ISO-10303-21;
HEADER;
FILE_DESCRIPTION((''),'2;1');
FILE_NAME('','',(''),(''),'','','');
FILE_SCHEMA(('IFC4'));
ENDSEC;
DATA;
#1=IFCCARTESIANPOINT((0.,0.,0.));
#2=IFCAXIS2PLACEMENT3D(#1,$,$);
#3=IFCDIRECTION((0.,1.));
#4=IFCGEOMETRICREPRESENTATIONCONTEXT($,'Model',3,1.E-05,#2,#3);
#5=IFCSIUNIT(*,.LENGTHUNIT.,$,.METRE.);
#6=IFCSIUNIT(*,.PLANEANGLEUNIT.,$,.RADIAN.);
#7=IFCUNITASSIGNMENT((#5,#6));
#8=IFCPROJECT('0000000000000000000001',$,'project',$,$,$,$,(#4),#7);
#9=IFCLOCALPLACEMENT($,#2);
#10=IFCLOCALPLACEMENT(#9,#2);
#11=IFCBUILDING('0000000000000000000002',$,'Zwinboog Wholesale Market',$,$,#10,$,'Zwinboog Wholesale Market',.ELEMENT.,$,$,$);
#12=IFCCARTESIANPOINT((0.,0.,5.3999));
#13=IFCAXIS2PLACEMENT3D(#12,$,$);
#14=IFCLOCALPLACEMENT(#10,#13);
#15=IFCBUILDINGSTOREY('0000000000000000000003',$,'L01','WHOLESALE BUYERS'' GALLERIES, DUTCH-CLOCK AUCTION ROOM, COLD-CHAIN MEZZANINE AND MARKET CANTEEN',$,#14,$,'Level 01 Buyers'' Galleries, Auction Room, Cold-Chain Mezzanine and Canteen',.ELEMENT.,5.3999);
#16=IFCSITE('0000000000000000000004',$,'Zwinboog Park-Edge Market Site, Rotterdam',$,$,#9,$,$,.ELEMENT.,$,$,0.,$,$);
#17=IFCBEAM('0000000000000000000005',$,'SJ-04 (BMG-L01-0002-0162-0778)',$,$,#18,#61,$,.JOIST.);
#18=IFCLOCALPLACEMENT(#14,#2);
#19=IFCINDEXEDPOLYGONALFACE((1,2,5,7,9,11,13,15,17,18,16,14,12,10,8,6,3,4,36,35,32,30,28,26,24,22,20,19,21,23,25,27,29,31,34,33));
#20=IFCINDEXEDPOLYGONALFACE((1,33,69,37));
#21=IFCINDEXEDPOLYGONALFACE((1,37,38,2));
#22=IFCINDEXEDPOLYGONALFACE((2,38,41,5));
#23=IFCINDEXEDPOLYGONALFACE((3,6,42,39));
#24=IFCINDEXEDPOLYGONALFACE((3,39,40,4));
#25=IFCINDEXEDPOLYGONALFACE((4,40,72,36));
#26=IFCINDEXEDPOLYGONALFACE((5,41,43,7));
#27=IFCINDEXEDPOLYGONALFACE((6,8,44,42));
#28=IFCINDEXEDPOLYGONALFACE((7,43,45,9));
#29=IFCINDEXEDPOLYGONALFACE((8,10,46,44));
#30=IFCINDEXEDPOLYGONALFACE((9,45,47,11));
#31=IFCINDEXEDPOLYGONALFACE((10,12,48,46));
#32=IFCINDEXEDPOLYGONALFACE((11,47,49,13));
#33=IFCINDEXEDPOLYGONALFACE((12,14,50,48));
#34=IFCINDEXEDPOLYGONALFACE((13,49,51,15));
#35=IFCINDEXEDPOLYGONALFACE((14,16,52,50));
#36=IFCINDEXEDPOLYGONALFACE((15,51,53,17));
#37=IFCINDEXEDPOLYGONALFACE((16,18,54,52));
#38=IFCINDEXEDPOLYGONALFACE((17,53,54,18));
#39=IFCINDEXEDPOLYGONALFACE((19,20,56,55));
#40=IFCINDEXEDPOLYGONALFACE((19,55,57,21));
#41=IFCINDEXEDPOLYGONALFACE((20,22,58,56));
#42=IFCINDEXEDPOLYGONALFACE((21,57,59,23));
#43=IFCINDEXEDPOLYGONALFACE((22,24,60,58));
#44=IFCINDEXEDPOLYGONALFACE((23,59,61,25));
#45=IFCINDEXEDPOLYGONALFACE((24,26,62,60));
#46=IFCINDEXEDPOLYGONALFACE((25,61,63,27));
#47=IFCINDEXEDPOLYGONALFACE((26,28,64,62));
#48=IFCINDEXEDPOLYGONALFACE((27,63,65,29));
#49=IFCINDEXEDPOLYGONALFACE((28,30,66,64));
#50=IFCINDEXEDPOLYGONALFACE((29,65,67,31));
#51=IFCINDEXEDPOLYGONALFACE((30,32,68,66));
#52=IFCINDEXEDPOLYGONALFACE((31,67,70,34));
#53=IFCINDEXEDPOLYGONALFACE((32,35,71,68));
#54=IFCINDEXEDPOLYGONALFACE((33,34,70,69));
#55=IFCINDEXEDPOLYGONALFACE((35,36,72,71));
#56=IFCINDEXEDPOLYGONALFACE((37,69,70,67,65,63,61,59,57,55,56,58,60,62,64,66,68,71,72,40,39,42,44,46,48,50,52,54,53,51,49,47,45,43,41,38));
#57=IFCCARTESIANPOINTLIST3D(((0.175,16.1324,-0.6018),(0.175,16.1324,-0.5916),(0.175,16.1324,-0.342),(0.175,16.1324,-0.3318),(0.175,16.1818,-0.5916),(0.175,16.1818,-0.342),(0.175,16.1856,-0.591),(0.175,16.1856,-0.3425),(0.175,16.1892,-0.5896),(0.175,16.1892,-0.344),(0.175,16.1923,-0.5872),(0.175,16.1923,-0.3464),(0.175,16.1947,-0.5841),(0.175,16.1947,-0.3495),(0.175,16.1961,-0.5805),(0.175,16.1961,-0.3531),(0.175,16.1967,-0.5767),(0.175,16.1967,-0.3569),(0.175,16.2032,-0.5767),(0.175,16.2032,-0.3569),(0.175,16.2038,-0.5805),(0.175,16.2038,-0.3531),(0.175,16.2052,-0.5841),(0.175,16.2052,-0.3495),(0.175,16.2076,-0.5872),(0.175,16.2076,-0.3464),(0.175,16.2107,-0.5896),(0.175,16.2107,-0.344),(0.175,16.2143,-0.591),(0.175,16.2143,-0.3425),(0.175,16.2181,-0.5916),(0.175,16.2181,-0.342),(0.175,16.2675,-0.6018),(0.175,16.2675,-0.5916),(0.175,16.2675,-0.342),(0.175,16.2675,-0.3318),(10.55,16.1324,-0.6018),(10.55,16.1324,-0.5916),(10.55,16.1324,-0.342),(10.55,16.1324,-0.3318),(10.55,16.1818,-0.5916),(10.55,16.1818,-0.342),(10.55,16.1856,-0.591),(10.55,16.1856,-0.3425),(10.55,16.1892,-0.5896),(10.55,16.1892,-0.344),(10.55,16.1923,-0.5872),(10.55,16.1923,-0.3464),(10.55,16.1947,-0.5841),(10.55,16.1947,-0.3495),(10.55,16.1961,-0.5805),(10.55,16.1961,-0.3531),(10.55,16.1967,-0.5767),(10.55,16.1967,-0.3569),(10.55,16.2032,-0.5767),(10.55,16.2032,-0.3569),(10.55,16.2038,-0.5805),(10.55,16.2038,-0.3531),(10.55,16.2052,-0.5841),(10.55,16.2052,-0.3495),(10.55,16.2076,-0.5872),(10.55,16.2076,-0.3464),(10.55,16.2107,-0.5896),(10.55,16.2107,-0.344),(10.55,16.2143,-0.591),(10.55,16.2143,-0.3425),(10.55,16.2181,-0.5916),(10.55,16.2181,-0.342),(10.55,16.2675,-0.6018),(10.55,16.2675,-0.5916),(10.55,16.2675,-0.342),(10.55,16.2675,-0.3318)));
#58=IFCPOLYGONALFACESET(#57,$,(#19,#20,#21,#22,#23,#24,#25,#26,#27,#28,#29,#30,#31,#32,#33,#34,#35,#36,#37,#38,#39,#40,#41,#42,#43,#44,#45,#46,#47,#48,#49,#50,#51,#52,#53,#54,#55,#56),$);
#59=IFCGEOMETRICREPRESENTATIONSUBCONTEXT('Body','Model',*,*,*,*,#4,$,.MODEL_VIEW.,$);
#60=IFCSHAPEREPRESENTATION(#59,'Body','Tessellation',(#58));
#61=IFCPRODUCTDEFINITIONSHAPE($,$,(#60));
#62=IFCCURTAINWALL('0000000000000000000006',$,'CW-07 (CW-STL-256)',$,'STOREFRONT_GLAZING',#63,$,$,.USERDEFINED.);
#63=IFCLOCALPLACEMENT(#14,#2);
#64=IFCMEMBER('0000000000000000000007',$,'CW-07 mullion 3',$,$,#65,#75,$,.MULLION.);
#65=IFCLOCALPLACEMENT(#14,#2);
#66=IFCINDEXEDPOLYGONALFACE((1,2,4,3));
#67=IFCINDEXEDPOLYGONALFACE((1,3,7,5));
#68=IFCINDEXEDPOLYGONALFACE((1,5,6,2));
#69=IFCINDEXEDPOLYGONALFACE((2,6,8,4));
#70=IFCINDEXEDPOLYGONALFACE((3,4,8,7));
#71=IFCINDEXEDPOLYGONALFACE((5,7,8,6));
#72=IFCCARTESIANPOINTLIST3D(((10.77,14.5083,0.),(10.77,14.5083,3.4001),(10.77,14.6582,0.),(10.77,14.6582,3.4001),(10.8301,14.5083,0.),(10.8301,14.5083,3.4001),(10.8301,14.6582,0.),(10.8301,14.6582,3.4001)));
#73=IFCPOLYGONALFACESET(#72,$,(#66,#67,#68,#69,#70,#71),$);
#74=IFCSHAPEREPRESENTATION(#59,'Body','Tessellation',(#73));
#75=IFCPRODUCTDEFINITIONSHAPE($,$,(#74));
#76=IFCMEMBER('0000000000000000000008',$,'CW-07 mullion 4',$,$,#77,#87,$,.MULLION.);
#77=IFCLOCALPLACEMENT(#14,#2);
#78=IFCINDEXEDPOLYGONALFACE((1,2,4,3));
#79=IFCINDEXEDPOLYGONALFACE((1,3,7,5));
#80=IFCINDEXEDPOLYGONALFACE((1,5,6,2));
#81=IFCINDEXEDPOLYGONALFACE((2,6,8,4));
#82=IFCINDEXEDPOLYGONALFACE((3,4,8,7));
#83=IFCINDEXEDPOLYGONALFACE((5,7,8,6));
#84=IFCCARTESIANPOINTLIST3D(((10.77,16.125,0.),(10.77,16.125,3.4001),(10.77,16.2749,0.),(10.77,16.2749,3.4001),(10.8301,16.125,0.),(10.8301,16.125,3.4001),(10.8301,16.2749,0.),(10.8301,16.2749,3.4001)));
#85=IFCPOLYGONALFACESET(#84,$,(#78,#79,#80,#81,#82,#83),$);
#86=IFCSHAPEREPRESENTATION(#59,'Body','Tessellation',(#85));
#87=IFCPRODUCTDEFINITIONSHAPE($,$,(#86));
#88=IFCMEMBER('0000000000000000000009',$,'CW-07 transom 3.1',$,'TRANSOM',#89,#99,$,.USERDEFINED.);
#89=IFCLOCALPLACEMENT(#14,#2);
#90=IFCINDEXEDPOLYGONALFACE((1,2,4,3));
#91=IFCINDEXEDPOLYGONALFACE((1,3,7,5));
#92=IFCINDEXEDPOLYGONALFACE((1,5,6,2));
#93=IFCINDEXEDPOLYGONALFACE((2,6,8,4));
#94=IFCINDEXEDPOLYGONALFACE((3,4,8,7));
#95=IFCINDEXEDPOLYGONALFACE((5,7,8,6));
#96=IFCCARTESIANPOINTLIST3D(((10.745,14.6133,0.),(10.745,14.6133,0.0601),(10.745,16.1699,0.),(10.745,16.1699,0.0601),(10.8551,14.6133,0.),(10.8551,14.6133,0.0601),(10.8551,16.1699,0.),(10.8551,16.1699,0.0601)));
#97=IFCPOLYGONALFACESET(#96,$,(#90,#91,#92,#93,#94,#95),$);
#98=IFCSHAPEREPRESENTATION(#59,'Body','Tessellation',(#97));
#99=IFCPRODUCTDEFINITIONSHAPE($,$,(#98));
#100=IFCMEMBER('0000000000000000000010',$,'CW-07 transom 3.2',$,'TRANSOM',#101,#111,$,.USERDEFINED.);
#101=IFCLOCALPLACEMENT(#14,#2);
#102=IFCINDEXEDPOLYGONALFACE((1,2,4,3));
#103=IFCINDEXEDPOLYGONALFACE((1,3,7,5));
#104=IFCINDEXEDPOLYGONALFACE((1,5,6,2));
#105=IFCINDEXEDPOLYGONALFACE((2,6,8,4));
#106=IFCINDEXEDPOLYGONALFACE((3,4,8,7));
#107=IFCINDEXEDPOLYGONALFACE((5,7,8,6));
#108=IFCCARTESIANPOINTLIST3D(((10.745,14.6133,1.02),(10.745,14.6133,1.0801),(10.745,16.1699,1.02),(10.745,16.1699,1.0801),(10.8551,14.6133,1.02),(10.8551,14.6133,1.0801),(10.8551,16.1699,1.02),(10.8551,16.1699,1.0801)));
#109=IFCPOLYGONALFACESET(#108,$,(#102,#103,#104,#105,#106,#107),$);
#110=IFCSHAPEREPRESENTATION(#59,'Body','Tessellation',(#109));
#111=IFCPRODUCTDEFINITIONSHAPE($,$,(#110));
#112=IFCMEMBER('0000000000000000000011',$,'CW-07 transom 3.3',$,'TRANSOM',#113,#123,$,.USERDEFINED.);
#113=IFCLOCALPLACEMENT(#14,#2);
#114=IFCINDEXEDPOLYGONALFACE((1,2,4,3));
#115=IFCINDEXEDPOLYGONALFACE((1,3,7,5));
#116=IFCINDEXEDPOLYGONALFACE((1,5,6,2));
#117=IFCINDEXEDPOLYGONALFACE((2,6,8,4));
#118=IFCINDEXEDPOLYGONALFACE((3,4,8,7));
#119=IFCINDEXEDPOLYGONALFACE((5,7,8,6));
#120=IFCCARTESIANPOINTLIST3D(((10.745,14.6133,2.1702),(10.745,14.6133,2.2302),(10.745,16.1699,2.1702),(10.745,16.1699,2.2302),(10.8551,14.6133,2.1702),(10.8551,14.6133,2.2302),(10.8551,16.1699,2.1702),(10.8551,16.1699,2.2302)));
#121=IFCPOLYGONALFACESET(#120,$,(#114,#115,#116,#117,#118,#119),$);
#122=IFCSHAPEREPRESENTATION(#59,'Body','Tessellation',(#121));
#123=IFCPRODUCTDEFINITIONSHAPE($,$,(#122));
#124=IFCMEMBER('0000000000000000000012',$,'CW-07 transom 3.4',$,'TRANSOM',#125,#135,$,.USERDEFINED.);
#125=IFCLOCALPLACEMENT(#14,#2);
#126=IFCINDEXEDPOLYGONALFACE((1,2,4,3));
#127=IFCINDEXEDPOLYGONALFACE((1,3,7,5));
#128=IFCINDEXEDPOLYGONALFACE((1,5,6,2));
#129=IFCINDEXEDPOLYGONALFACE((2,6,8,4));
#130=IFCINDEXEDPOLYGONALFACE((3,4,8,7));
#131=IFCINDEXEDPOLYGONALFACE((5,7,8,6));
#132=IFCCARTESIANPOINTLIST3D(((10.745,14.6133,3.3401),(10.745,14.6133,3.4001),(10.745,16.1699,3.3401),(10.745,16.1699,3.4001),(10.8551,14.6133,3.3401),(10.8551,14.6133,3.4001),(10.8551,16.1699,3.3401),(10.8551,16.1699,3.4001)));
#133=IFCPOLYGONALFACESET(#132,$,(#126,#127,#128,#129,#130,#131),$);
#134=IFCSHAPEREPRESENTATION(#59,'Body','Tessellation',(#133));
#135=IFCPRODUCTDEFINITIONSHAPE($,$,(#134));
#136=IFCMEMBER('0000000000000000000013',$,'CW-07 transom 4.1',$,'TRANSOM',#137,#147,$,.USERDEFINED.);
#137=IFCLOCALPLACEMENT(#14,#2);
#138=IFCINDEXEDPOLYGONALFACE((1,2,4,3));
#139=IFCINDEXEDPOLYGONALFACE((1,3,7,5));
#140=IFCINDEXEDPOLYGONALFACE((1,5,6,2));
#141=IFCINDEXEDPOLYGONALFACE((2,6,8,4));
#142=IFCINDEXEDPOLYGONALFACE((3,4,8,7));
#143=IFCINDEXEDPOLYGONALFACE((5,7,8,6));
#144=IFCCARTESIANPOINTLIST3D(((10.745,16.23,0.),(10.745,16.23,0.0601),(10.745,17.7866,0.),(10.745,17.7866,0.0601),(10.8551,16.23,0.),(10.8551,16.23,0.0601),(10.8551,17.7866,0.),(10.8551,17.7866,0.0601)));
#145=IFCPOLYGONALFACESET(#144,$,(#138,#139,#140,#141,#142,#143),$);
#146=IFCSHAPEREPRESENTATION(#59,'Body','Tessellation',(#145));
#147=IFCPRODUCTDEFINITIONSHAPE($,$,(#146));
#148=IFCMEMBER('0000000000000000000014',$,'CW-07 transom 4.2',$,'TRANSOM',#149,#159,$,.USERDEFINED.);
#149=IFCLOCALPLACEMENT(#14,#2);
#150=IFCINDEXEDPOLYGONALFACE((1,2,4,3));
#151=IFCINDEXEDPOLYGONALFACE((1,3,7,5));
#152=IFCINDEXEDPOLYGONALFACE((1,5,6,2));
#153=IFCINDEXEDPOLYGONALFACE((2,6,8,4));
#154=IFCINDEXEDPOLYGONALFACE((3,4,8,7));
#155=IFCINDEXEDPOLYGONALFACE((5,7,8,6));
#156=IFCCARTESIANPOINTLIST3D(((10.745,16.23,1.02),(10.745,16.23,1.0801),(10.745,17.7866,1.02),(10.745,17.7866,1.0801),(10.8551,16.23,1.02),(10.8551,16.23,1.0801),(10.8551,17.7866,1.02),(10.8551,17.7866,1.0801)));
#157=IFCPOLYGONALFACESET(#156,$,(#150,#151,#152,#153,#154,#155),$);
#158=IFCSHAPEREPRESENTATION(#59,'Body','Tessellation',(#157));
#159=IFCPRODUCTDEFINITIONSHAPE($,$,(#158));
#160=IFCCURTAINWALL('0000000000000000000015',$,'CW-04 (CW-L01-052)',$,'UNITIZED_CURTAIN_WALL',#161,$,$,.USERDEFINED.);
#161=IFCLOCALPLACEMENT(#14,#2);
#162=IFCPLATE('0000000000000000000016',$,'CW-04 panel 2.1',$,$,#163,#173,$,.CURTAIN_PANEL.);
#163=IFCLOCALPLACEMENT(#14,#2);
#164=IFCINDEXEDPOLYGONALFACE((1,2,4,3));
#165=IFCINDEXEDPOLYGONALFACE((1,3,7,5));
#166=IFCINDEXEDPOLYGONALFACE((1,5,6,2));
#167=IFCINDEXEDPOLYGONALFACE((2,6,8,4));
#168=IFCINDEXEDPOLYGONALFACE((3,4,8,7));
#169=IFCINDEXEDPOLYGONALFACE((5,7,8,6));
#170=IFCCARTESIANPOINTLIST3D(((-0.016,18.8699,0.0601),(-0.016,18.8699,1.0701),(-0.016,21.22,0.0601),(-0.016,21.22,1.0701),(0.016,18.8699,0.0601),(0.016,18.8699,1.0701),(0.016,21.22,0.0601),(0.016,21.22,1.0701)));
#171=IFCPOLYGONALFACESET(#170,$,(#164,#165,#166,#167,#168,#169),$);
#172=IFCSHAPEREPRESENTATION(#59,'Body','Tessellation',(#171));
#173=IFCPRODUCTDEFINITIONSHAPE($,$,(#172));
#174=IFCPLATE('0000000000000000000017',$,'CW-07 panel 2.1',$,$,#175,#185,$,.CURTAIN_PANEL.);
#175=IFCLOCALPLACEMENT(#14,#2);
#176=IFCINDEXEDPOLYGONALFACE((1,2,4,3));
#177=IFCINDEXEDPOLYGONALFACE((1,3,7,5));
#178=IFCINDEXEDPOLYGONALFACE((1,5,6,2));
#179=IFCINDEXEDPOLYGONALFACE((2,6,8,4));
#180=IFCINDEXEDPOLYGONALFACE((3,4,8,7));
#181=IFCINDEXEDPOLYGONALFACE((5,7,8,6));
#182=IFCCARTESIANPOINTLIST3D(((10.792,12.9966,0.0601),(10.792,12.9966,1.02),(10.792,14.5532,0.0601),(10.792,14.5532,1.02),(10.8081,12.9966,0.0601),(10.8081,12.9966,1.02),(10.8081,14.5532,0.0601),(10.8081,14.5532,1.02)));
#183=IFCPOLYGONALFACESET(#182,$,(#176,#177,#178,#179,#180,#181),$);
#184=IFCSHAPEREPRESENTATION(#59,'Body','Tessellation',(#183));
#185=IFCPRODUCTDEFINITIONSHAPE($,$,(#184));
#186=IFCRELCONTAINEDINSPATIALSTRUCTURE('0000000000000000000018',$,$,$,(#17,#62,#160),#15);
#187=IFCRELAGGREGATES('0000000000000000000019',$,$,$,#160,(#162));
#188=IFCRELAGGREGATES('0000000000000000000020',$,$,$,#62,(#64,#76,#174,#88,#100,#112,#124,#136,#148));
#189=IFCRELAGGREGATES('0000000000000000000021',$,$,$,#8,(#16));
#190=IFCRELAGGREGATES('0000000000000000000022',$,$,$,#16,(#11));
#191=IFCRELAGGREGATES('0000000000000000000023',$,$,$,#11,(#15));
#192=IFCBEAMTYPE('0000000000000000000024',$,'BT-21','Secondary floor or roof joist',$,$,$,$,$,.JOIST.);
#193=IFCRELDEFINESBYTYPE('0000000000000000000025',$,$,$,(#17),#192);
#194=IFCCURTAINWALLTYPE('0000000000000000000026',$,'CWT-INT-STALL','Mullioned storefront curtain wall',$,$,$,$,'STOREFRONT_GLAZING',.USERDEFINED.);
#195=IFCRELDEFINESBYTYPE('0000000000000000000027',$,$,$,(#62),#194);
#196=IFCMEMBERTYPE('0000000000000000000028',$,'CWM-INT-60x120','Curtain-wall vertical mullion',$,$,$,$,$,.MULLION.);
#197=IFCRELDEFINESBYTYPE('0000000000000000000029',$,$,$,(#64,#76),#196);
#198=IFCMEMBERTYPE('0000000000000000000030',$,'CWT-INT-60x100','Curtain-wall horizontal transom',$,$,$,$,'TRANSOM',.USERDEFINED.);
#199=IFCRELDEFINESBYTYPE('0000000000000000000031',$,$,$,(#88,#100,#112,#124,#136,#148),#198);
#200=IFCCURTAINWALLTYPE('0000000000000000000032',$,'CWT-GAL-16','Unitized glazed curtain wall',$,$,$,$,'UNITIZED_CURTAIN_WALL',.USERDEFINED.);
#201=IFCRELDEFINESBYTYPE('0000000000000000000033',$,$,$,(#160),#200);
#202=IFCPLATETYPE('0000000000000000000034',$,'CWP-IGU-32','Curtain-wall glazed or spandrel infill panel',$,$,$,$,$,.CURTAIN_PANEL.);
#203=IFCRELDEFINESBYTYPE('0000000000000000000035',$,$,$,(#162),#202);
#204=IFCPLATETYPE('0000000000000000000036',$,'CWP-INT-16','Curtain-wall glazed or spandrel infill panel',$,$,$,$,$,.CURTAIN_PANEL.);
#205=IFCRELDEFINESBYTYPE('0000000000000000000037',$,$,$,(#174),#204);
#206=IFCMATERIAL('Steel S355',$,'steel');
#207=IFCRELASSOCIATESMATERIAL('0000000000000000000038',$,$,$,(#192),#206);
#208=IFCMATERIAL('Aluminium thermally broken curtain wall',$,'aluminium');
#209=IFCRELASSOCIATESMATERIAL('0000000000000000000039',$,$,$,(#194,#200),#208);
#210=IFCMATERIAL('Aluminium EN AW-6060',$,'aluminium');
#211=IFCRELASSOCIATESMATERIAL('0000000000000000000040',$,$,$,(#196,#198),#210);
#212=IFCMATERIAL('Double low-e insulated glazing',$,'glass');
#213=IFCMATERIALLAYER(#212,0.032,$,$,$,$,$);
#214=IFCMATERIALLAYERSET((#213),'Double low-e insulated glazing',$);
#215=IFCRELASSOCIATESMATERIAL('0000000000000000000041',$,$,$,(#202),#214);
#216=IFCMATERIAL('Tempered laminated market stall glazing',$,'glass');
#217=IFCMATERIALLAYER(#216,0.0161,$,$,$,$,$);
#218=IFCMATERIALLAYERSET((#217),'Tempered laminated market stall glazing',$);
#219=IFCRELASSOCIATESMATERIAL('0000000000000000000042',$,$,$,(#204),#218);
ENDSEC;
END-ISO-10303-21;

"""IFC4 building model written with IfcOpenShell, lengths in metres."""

from ifc_helpers import new_model, si_unit, direction, frame, origin, origin_2d, place, context, subcontext, project, spatial, rectangle, i_section, extrude, material, layer, layer_set, material_profile, profile_set, type_object, element, aggregate, save


model = new_model("IFC4")

# Units and contexts
model_context = context("Model", 3, precision=1e-05, world=origin(), true_north=direction((0.0, 1.0)))
body_context = subcontext(model_context, "Body", "Model", "MODEL_VIEW")
ifc_project = project(units=[si_unit("LENGTHUNIT", "METRE"), si_unit("PLANEANGLEUNIT", "RADIAN")], contexts=[model_context])

# Site, building, storey
site_placement = place(None, origin())
site = spatial("IfcSite", under=ifc_project, at=site_placement, Name="Zwinboog Park-Edge Market Site, Rotterdam", CompositionType="ELEMENT", RefElevation=0.0)
building_placement = place(site_placement, origin())
building = spatial("IfcBuilding", under=site, at=building_placement, Name="Zwinboog Wholesale Market", LongName="Zwinboog Wholesale Market", CompositionType="ELEMENT")
storey_placement = place(building_placement, frame((0.0, 0.0, 5.3999)))
storey = spatial("IfcBuildingStorey", under=building, at=storey_placement, Name="L01", Description="WHOLESALE BUYERS' GALLERIES, DUTCH-CLOCK AUCTION ROOM, COLD-CHAIN MEZZANINE AND MARKET CANTEEN", LongName="Level 01 Buyers' Galleries, Auction Room, Cold-Chain Mezzanine and Canteen", CompositionType="ELEMENT", Elevation=5.3999)

# Beam
ifc_material_1 = material(Name="Steel S355", Category="steel")
ifc_material_profile_1 = material_profile(ifc_material_1, i_section(OverallWidth=0.135, OverallDepth=0.27, WebThickness=0.0066, FlangeThickness=0.0103, FilletRadius=0.0149, at=origin_2d()), Name="IPE 270")
ifc_profile_set_1 = profile_set([ifc_material_profile_1], Name="Steel S355")
beam_type = type_object("IfcBeamType", Name="BT-21", Description="Secondary floor or roof joist", PredefinedType="JOIST", material=ifc_profile_set_1)
beam_placement = place(storey_placement, frame((0.175, 16.2, -0.4668), z_axis=(1.0, 0.0, 0.0), x_axis=(0.0, 1.0, 0.0)))
element("IfcBeam", 1, at=beam_placement, inside=storey, type_object=beam_type, Name="SJ-04 (BMG-L01-0002-0162-0778)", PredefinedType="JOIST", context=body_context, shape_type="SweptSolid", body=[
    extrude(i_section(OverallWidth=0.135, OverallDepth=0.27, WebThickness=0.0066, FlangeThickness=0.0103, FilletRadius=0.0149, at=origin_2d()), origin(), (0.0, 0.0, 1.0), 10.375),
])

# Curtain wall, members
ifc_material_2 = material(Name="Aluminium thermally broken curtain wall", Category="aluminium")
curtain_wall_type_1 = type_object("IfcCurtainWallType", Name="CWT-INT-STALL", Description="Mullioned storefront curtain wall", ElementType="STOREFRONT_GLAZING", PredefinedType="USERDEFINED", material=ifc_material_2)
curtain_wall_1_placement = place(storey_placement, origin())
curtain_wall_1 = element("IfcCurtainWall", 2, at=curtain_wall_1_placement, inside=storey, type_object=curtain_wall_type_1, Name="CW-07 (CW-STL-256)", ObjectType="STOREFRONT_GLAZING", PredefinedType="USERDEFINED")
ifc_material_3 = material(Name="Aluminium EN AW-6060", Category="aluminium")
ifc_material_profile_2 = material_profile(ifc_material_3, rectangle(XDim=0.0601, YDim=0.1499, at=origin_2d()), Name="AL 60x150")
ifc_profile_set_2 = profile_set([ifc_material_profile_2], Name="Aluminium EN AW-6060")
member_type_1 = type_object("IfcMemberType", Name="CWM-INT-60x120", Description="Curtain-wall vertical mullion", PredefinedType="MULLION", material=ifc_profile_set_2)
member_1_placement = place(storey_placement, frame((10.8, 14.5833, 0.0), z_axis=(0.0, 0.0, 1.0), x_axis=(-1.0, 0.0, 0.0)))
member_1 = element("IfcMember", 3, at=member_1_placement, type_object=member_type_1, Name="CW-07 mullion 3", PredefinedType="MULLION", context=body_context, shape_type="SweptSolid", body=[
    extrude(rectangle(XDim=0.0601, YDim=0.1499, at=origin_2d()), origin(), (0.0, 0.0, 1.0), 3.4001),
])
member_2_placement = place(storey_placement, frame((10.8, 16.2, 0.0), z_axis=(0.0, 0.0, 1.0), x_axis=(-1.0, 0.0, 0.0)))
member_2 = element("IfcMember", 4, at=member_2_placement, type_object=member_type_1, Name="CW-07 mullion 4", PredefinedType="MULLION", context=body_context, shape_type="SweptSolid", body=[
    extrude(rectangle(XDim=0.0601, YDim=0.1499, at=origin_2d()), origin(), (0.0, 0.0, 1.0), 3.4001),
])
ifc_material_profile_3 = material_profile(ifc_material_3, rectangle(XDim=0.1101, YDim=0.0601, at=origin_2d()), Name="AL 60x110")
ifc_profile_set_3 = profile_set([ifc_material_profile_3], Name="Aluminium EN AW-6060")
member_type_2 = type_object("IfcMemberType", Name="CWT-INT-60x100", Description="Curtain-wall horizontal transom", ElementType="TRANSOM", PredefinedType="USERDEFINED", material=ifc_profile_set_3)
member_3_placement = place(storey_placement, frame((10.8, 14.6133, 0.03), z_axis=(0.0, 1.0, 0.0), x_axis=(-1.0, 0.0, 0.0)))
member_3 = element("IfcMember", 5, at=member_3_placement, type_object=member_type_2, Name="CW-07 transom 3.1", ObjectType="TRANSOM", PredefinedType="USERDEFINED", context=body_context, shape_type="SweptSolid", body=[
    extrude(rectangle(XDim=0.1101, YDim=0.0601, at=origin_2d()), origin(), (0.0, 0.0, 1.0), 1.5566),
])
member_4_placement = place(storey_placement, frame((10.8, 14.6133, 1.05), z_axis=(0.0, 1.0, 0.0), x_axis=(-1.0, 0.0, 0.0)))
member_4 = element("IfcMember", 6, at=member_4_placement, type_object=member_type_2, Name="CW-07 transom 3.2", ObjectType="TRANSOM", PredefinedType="USERDEFINED", context=body_context, shape_type="SweptSolid", body=[
    extrude(rectangle(XDim=0.1101, YDim=0.0601, at=origin_2d()), origin(), (0.0, 0.0, 1.0), 1.5566),
])
member_5_placement = place(storey_placement, frame((10.8, 14.6133, 2.2002), z_axis=(0.0, 1.0, 0.0), x_axis=(-1.0, 0.0, 0.0)))
member_5 = element("IfcMember", 7, at=member_5_placement, type_object=member_type_2, Name="CW-07 transom 3.3", ObjectType="TRANSOM", PredefinedType="USERDEFINED", context=body_context, shape_type="SweptSolid", body=[
    extrude(rectangle(XDim=0.1101, YDim=0.0601, at=origin_2d()), origin(), (0.0, 0.0, 1.0), 1.5566),
])
member_6_placement = place(storey_placement, frame((10.8, 14.6133, 3.3701), z_axis=(0.0, 1.0, 0.0), x_axis=(-1.0, 0.0, 0.0)))
member_6 = element("IfcMember", 8, at=member_6_placement, type_object=member_type_2, Name="CW-07 transom 3.4", ObjectType="TRANSOM", PredefinedType="USERDEFINED", context=body_context, shape_type="SweptSolid", body=[
    extrude(rectangle(XDim=0.1101, YDim=0.0601, at=origin_2d()), origin(), (0.0, 0.0, 1.0), 1.5566),
])
member_7_placement = place(storey_placement, frame((10.8, 16.23, 0.03), z_axis=(0.0, 1.0, 0.0), x_axis=(-1.0, 0.0, 0.0)))
member_7 = element("IfcMember", 9, at=member_7_placement, type_object=member_type_2, Name="CW-07 transom 4.1", ObjectType="TRANSOM", PredefinedType="USERDEFINED", context=body_context, shape_type="SweptSolid", body=[
    extrude(rectangle(XDim=0.1101, YDim=0.0601, at=origin_2d()), origin(), (0.0, 0.0, 1.0), 1.5566),
])
member_8_placement = place(storey_placement, frame((10.8, 16.23, 1.05), z_axis=(0.0, 1.0, 0.0), x_axis=(-1.0, 0.0, 0.0)))
member_8 = element("IfcMember", 10, at=member_8_placement, type_object=member_type_2, Name="CW-07 transom 4.2", ObjectType="TRANSOM", PredefinedType="USERDEFINED", context=body_context, shape_type="SweptSolid", body=[
    extrude(rectangle(XDim=0.1101, YDim=0.0601, at=origin_2d()), origin(), (0.0, 0.0, 1.0), 1.5566),
])

# Curtain wall, plate
curtain_wall_type_2 = type_object("IfcCurtainWallType", Name="CWT-GAL-16", Description="Unitized glazed curtain wall", ElementType="UNITIZED_CURTAIN_WALL", PredefinedType="USERDEFINED", material=ifc_material_2)
curtain_wall_2_placement = place(storey_placement, origin())
curtain_wall_2 = element("IfcCurtainWall", 11, at=curtain_wall_2_placement, inside=storey, type_object=curtain_wall_type_2, Name="CW-04 (CW-L01-052)", ObjectType="UNITIZED_CURTAIN_WALL", PredefinedType="USERDEFINED")
ifc_material_4 = material(Name="Double low-e insulated glazing", Category="glass")
ifc_layer_1 = layer(ifc_material_4, 0.032)
ifc_layer_set_1 = layer_set([ifc_layer_1], Name="Double low-e insulated glazing")
plate_type_1 = type_object("IfcPlateType", Name="CWP-IGU-32", Description="Curtain-wall glazed or spandrel infill panel", PredefinedType="CURTAIN_PANEL", material=ifc_layer_set_1)
plate_1_placement = place(storey_placement, frame((0.0, 20.0449, 0.0601), z_axis=(0.0, 0.0, 1.0), x_axis=(0.0, 1.0, 0.0)))
plate_1 = element("IfcPlate", 12, at=plate_1_placement, type_object=plate_type_1, Name="CW-04 panel 2.1", PredefinedType="CURTAIN_PANEL", context=body_context, shape_type="SweptSolid", body=[
    extrude(rectangle(XDim=2.3501, YDim=0.032, at=origin_2d()), origin(), (0.0, 0.0, 1.0), 1.01),
])
aggregate(curtain_wall_2, [plate_1])

# Plate
ifc_material_5 = material(Name="Tempered laminated market stall glazing", Category="glass")
ifc_layer_2 = layer(ifc_material_5, 0.0161)
ifc_layer_set_2 = layer_set([ifc_layer_2], Name="Tempered laminated market stall glazing")
plate_type_2 = type_object("IfcPlateType", Name="CWP-INT-16", Description="Curtain-wall glazed or spandrel infill panel", PredefinedType="CURTAIN_PANEL", material=ifc_layer_set_2)
plate_2_placement = place(storey_placement, frame((10.8, 13.7749, 0.0601), z_axis=(0.0, 0.0, 1.0), x_axis=(0.0, 1.0, 0.0)))
plate_2 = element("IfcPlate", 13, at=plate_2_placement, type_object=plate_type_2, Name="CW-07 panel 2.1", PredefinedType="CURTAIN_PANEL", context=body_context, shape_type="SweptSolid", body=[
    extrude(rectangle(XDim=1.5566, YDim=0.0161, at=origin_2d()), origin(), (0.0, 0.0, 1.0), 0.96),
])
aggregate(curtain_wall_1, [member_1, member_2, plate_2, member_3, member_4, member_5, member_6, member_7, member_8])

save(model, "model.ifc")
